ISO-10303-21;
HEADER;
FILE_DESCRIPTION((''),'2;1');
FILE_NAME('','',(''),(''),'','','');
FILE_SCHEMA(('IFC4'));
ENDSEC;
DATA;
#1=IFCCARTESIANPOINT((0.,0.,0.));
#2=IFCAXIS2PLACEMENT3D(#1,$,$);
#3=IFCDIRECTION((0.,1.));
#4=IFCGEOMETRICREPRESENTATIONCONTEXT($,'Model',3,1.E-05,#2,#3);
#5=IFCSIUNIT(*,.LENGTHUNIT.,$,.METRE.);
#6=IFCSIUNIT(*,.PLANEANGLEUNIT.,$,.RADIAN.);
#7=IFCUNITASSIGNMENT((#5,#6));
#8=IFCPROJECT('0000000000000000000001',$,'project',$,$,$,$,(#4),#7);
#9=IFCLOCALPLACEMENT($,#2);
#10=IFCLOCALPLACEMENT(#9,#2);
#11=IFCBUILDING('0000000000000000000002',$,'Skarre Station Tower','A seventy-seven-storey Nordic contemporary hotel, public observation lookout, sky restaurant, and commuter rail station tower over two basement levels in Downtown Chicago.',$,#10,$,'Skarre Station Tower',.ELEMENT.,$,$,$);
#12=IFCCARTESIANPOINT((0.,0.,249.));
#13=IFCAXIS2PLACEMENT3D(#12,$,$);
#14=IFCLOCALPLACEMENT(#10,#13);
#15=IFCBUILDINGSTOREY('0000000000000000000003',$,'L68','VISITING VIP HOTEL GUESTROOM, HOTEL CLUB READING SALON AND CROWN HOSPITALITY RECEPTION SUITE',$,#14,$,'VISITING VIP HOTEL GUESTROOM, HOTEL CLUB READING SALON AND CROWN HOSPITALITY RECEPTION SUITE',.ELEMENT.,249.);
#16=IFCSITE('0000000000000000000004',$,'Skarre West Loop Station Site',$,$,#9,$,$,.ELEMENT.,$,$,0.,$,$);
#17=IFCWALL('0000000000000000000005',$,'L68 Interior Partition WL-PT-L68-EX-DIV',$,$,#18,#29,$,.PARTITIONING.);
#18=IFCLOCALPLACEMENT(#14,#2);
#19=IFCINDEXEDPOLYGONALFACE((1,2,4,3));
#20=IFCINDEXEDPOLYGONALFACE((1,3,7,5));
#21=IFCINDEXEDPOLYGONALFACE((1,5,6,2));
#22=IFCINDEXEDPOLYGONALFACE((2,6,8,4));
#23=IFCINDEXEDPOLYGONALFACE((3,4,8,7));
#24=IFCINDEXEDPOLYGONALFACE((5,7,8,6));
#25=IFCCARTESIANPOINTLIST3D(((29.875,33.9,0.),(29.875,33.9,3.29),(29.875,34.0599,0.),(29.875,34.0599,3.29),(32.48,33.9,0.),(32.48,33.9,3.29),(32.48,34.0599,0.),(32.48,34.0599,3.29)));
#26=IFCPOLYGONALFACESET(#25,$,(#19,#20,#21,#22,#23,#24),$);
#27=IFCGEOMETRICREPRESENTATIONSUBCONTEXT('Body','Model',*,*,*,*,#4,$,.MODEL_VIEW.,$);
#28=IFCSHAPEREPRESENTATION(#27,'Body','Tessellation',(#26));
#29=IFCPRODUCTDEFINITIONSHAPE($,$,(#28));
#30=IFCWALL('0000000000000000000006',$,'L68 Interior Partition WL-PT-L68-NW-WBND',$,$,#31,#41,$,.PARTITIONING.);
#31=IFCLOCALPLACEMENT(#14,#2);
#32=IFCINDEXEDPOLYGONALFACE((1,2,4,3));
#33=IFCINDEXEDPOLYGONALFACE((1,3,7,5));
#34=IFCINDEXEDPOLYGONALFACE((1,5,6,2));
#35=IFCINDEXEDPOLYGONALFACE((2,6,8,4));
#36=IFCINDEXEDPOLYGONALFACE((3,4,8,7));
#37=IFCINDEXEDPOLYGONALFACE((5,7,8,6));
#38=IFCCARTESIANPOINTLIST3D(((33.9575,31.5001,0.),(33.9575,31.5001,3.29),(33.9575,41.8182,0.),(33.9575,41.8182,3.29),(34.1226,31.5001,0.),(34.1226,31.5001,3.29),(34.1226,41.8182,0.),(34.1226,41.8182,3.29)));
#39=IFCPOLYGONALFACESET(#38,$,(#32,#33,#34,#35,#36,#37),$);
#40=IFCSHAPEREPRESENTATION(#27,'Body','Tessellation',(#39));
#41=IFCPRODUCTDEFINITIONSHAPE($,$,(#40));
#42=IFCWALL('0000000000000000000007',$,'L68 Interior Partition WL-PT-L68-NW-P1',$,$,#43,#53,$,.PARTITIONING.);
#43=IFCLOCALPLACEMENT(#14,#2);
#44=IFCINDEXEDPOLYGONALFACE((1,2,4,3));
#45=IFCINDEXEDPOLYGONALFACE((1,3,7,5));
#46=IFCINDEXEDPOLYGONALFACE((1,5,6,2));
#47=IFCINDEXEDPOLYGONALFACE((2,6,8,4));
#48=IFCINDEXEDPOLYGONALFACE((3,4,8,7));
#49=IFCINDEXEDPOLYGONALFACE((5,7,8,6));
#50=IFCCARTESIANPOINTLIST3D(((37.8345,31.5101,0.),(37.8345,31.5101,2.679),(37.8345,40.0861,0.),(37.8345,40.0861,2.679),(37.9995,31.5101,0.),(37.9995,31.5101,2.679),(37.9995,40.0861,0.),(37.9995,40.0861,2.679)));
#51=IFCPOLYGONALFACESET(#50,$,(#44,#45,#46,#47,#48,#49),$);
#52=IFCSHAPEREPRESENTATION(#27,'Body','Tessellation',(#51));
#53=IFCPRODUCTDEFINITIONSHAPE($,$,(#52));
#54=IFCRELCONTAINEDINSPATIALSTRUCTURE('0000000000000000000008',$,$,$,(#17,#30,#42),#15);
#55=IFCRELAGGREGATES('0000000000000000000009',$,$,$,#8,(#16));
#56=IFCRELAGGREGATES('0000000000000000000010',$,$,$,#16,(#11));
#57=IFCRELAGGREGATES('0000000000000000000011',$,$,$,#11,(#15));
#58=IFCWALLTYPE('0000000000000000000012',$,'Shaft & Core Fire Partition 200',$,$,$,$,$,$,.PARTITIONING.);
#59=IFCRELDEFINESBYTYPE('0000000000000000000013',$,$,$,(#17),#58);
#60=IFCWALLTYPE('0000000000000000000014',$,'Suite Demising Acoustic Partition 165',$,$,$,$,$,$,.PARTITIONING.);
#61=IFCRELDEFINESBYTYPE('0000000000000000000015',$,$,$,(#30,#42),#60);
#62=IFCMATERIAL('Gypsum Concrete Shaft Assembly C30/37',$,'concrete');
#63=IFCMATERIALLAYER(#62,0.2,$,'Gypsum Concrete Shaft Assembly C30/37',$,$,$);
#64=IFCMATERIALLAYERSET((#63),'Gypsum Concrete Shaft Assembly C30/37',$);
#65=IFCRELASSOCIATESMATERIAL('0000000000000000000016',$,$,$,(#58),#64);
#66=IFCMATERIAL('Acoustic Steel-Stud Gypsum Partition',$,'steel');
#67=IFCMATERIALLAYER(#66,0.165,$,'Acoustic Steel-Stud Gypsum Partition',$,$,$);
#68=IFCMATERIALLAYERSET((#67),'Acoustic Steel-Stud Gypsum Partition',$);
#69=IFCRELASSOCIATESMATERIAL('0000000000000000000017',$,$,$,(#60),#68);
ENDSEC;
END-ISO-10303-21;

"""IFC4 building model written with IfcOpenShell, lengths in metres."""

from ifc_helpers import new_model, si_unit, direction, frame, frame_2d, origin, place, context, subcontext, project, spatial, rectangle, extrude, material, layer, layer_set, type_object, element, save


model = new_model("IFC4")

# Units and contexts
model_context = context("Model", 3, precision=1e-05, world=origin(), true_north=direction((0.0, 1.0)))
body_context = subcontext(model_context, "Body", "Model", "MODEL_VIEW")
ifc_project = project(units=[si_unit("LENGTHUNIT", "METRE"), si_unit("PLANEANGLEUNIT", "RADIAN")], contexts=[model_context])

# Site, building, storey
site_placement = place(None, origin())
site = spatial("IfcSite", under=ifc_project, at=site_placement, Name="Skarre West Loop Station Site", CompositionType="ELEMENT", RefElevation=0.0)
building_placement = place(site_placement, origin())
building = spatial("IfcBuilding", under=site, at=building_placement, Name="Skarre Station Tower", Description="A seventy-seven-storey Nordic contemporary hotel, public observation lookout, sky restaurant, and commuter rail station tower over two basement levels in Downtown Chicago.", LongName="Skarre Station Tower", CompositionType="ELEMENT")
storey_placement = place(building_placement, frame((0.0, 0.0, 249.0)))
storey = spatial("IfcBuildingStorey", under=building, at=storey_placement, Name="L68", Description="VISITING VIP HOTEL GUESTROOM, HOTEL CLUB READING SALON AND CROWN HOSPITALITY RECEPTION SUITE", LongName="VISITING VIP HOTEL GUESTROOM, HOTEL CLUB READING SALON AND CROWN HOSPITALITY RECEPTION SUITE", CompositionType="ELEMENT", Elevation=249.0)

# Shared definitions
ifc_material_1 = material(Name="Acoustic Steel-Stud Gypsum Partition", Category="steel")

# Walls
ifc_material_2 = material(Name="Gypsum Concrete Shaft Assembly C30/37", Category="concrete")
ifc_layer_1 = layer(ifc_material_2, 0.2, Name="Gypsum Concrete Shaft Assembly C30/37")
ifc_layer_set_1 = layer_set([ifc_layer_1], Name="Gypsum Concrete Shaft Assembly C30/37")
wall_type_1 = type_object("IfcWallType", Name="Shaft & Core Fire Partition 200", PredefinedType="PARTITIONING", material=ifc_layer_set_1)
wall_1_placement = place(storey_placement, frame((29.875, 33.98, 0.0), z_axis=(0.0, 0.0, 1.0), x_axis=(1.0, 0.0, 0.0)))
element("IfcWall", 1, at=wall_1_placement, inside=storey, type_object=wall_type_1, Name="L68 Interior Partition WL-PT-L68-EX-DIV", PredefinedType="PARTITIONING", context=body_context, shape_type="SweptSolid", body=[
    extrude(rectangle(XDim=2.605, YDim=0.1599, at=frame_2d((1.3025, 0.0))), origin(), (0.0, 0.0, 1.0), 3.29),
])
ifc_layer_2 = layer(ifc_material_1, 0.165, Name="Acoustic Steel-Stud Gypsum Partition")
ifc_layer_set_2 = layer_set([ifc_layer_2], Name="Acoustic Steel-Stud Gypsum Partition")
wall_type_2 = type_object("IfcWallType", Name="Suite Demising Acoustic Partition 165", PredefinedType="PARTITIONING", material=ifc_layer_set_2)
wall_2_placement = place(storey_placement, frame((34.04, 31.5, 0.0), z_axis=(0.0, 0.0, 1.0), x_axis=(0.0, 1.0, 0.0)))
element("IfcWall", 2, at=wall_2_placement, inside=storey, type_object=wall_type_2, Name="L68 Interior Partition WL-PT-L68-NW-WBND", PredefinedType="PARTITIONING", context=body_context, shape_type="SweptSolid", body=[
    extrude(rectangle(XDim=10.3181, YDim=0.165, at=frame_2d((5.1592, 0.0))), origin(), (0.0, 0.0, 1.0), 3.29),
])
wall_3_placement = place(storey_placement, frame((37.917, 31.51, 0.0), z_axis=(0.0, 0.0, 1.0), x_axis=(0.0, 1.0, 0.0)))
element("IfcWall", 3, at=wall_3_placement, inside=storey, type_object=wall_type_2, Name="L68 Interior Partition WL-PT-L68-NW-P1", PredefinedType="PARTITIONING", context=body_context, shape_type="SweptSolid", body=[
    extrude(rectangle(XDim=8.5759, YDim=0.165, at=frame_2d((4.2881, 0.0))), origin(), (0.0, 0.0, 1.0), 2.679),
])

save(model, "model.ifc")
